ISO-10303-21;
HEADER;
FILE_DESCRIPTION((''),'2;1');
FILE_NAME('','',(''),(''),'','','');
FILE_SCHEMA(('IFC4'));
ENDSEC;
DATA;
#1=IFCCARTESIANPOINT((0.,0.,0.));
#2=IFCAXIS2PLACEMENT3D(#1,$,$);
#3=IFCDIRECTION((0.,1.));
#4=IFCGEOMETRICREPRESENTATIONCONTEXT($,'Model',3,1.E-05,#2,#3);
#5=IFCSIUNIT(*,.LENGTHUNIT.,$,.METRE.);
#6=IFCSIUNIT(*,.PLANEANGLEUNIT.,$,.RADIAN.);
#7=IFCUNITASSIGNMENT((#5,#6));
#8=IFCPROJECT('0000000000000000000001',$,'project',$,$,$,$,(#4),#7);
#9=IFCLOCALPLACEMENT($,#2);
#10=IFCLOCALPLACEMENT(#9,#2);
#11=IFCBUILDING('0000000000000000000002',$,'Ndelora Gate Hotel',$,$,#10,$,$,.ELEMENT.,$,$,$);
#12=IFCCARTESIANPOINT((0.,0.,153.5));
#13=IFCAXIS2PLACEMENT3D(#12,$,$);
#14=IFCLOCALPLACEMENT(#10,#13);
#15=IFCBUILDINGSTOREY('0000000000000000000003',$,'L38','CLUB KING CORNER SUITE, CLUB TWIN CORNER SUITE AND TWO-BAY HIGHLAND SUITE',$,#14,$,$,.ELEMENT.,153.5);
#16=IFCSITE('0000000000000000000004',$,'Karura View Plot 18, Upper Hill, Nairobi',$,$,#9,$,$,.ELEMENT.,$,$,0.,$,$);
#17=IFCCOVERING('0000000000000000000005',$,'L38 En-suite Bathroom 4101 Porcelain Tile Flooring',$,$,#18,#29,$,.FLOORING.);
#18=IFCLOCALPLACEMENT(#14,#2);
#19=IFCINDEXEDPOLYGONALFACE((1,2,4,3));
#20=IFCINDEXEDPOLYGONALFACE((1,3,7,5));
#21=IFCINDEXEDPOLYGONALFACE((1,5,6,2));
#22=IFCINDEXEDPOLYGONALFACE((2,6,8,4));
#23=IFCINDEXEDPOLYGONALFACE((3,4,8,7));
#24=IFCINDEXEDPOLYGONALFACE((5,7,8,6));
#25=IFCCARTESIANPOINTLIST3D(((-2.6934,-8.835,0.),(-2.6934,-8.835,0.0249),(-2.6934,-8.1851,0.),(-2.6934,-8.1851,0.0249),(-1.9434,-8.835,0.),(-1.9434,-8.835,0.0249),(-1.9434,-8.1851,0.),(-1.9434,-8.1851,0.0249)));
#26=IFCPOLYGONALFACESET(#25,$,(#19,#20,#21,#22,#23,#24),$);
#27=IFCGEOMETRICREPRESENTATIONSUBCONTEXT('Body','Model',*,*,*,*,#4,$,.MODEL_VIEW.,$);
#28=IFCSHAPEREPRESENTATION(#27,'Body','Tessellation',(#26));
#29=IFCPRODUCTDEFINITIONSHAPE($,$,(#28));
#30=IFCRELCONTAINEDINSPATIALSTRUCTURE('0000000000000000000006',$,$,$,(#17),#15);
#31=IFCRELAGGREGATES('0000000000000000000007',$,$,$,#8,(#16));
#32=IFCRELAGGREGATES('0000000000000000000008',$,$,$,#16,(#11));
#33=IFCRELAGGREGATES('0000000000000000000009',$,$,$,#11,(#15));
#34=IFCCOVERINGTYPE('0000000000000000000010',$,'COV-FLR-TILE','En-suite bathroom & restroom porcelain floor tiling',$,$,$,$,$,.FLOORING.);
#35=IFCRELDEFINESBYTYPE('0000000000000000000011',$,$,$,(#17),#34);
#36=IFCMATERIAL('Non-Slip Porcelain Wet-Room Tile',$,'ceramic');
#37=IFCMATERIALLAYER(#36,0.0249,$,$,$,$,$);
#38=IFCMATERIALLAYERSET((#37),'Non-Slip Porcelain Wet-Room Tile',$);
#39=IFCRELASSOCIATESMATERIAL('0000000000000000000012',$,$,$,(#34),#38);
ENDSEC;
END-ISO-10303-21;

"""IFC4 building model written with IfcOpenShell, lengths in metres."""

from ifc_helpers import new_model, si_unit, direction, frame, origin, origin_2d, place, context, subcontext, project, spatial, rectangle, extrude, material, layer, layer_set, type_object, element, save


model = new_model("IFC4")

# Units and contexts
model_context = context("Model", 3, precision=1e-05, world=origin(), true_north=direction((0.0, 1.0)))
body_context = subcontext(model_context, "Body", "Model", "MODEL_VIEW")
ifc_project = project(units=[si_unit("LENGTHUNIT", "METRE"), si_unit("PLANEANGLEUNIT", "RADIAN")], contexts=[model_context])

# Site, building, storey
site_placement = place(None, origin())
site = spatial("IfcSite", under=ifc_project, at=site_placement, Name="Karura View Plot 18, Upper Hill, Nairobi", CompositionType="ELEMENT", RefElevation=0.0)
building_placement = place(site_placement, origin())
building = spatial("IfcBuilding", under=site, at=building_placement, Name="Ndelora Gate Hotel", CompositionType="ELEMENT")
storey_placement = place(building_placement, frame((0.0, 0.0, 153.5)))
storey = spatial("IfcBuildingStorey", under=building, at=storey_placement, Name="L38", Description="CLUB KING CORNER SUITE, CLUB TWIN CORNER SUITE AND TWO-BAY HIGHLAND SUITE", CompositionType="ELEMENT", Elevation=153.5)

# Covering
ifc_material_1 = material(Name="Non-Slip Porcelain Wet-Room Tile", Category="ceramic")
ifc_layer_1 = layer(ifc_material_1, 0.0249)
ifc_layer_set_1 = layer_set([ifc_layer_1], Name="Non-Slip Porcelain Wet-Room Tile")
covering_type_1 = type_object("IfcCoveringType", Name="COV-FLR-TILE", Description="En-suite bathroom & restroom porcelain floor tiling", PredefinedType="FLOORING", material=ifc_layer_set_1)
covering_1_placement = place(storey_placement, frame((-2.3184, -8.51, 0.0), z_axis=(0.0, 0.0, 1.0), x_axis=(1.0, 0.0, 0.0)))
element("IfcCovering", 1, at=covering_1_placement, inside=storey, type_object=covering_type_1, Name="L38 En-suite Bathroom 4101 Porcelain Tile Flooring", PredefinedType="FLOORING", context=body_context, shape_type="SweptSolid", body=[
    extrude(rectangle(XDim=0.75, YDim=0.6499, at=origin_2d()), origin(), (0.0, 0.0, 1.0), 0.0249),
])

save(model, "model.ifc")
